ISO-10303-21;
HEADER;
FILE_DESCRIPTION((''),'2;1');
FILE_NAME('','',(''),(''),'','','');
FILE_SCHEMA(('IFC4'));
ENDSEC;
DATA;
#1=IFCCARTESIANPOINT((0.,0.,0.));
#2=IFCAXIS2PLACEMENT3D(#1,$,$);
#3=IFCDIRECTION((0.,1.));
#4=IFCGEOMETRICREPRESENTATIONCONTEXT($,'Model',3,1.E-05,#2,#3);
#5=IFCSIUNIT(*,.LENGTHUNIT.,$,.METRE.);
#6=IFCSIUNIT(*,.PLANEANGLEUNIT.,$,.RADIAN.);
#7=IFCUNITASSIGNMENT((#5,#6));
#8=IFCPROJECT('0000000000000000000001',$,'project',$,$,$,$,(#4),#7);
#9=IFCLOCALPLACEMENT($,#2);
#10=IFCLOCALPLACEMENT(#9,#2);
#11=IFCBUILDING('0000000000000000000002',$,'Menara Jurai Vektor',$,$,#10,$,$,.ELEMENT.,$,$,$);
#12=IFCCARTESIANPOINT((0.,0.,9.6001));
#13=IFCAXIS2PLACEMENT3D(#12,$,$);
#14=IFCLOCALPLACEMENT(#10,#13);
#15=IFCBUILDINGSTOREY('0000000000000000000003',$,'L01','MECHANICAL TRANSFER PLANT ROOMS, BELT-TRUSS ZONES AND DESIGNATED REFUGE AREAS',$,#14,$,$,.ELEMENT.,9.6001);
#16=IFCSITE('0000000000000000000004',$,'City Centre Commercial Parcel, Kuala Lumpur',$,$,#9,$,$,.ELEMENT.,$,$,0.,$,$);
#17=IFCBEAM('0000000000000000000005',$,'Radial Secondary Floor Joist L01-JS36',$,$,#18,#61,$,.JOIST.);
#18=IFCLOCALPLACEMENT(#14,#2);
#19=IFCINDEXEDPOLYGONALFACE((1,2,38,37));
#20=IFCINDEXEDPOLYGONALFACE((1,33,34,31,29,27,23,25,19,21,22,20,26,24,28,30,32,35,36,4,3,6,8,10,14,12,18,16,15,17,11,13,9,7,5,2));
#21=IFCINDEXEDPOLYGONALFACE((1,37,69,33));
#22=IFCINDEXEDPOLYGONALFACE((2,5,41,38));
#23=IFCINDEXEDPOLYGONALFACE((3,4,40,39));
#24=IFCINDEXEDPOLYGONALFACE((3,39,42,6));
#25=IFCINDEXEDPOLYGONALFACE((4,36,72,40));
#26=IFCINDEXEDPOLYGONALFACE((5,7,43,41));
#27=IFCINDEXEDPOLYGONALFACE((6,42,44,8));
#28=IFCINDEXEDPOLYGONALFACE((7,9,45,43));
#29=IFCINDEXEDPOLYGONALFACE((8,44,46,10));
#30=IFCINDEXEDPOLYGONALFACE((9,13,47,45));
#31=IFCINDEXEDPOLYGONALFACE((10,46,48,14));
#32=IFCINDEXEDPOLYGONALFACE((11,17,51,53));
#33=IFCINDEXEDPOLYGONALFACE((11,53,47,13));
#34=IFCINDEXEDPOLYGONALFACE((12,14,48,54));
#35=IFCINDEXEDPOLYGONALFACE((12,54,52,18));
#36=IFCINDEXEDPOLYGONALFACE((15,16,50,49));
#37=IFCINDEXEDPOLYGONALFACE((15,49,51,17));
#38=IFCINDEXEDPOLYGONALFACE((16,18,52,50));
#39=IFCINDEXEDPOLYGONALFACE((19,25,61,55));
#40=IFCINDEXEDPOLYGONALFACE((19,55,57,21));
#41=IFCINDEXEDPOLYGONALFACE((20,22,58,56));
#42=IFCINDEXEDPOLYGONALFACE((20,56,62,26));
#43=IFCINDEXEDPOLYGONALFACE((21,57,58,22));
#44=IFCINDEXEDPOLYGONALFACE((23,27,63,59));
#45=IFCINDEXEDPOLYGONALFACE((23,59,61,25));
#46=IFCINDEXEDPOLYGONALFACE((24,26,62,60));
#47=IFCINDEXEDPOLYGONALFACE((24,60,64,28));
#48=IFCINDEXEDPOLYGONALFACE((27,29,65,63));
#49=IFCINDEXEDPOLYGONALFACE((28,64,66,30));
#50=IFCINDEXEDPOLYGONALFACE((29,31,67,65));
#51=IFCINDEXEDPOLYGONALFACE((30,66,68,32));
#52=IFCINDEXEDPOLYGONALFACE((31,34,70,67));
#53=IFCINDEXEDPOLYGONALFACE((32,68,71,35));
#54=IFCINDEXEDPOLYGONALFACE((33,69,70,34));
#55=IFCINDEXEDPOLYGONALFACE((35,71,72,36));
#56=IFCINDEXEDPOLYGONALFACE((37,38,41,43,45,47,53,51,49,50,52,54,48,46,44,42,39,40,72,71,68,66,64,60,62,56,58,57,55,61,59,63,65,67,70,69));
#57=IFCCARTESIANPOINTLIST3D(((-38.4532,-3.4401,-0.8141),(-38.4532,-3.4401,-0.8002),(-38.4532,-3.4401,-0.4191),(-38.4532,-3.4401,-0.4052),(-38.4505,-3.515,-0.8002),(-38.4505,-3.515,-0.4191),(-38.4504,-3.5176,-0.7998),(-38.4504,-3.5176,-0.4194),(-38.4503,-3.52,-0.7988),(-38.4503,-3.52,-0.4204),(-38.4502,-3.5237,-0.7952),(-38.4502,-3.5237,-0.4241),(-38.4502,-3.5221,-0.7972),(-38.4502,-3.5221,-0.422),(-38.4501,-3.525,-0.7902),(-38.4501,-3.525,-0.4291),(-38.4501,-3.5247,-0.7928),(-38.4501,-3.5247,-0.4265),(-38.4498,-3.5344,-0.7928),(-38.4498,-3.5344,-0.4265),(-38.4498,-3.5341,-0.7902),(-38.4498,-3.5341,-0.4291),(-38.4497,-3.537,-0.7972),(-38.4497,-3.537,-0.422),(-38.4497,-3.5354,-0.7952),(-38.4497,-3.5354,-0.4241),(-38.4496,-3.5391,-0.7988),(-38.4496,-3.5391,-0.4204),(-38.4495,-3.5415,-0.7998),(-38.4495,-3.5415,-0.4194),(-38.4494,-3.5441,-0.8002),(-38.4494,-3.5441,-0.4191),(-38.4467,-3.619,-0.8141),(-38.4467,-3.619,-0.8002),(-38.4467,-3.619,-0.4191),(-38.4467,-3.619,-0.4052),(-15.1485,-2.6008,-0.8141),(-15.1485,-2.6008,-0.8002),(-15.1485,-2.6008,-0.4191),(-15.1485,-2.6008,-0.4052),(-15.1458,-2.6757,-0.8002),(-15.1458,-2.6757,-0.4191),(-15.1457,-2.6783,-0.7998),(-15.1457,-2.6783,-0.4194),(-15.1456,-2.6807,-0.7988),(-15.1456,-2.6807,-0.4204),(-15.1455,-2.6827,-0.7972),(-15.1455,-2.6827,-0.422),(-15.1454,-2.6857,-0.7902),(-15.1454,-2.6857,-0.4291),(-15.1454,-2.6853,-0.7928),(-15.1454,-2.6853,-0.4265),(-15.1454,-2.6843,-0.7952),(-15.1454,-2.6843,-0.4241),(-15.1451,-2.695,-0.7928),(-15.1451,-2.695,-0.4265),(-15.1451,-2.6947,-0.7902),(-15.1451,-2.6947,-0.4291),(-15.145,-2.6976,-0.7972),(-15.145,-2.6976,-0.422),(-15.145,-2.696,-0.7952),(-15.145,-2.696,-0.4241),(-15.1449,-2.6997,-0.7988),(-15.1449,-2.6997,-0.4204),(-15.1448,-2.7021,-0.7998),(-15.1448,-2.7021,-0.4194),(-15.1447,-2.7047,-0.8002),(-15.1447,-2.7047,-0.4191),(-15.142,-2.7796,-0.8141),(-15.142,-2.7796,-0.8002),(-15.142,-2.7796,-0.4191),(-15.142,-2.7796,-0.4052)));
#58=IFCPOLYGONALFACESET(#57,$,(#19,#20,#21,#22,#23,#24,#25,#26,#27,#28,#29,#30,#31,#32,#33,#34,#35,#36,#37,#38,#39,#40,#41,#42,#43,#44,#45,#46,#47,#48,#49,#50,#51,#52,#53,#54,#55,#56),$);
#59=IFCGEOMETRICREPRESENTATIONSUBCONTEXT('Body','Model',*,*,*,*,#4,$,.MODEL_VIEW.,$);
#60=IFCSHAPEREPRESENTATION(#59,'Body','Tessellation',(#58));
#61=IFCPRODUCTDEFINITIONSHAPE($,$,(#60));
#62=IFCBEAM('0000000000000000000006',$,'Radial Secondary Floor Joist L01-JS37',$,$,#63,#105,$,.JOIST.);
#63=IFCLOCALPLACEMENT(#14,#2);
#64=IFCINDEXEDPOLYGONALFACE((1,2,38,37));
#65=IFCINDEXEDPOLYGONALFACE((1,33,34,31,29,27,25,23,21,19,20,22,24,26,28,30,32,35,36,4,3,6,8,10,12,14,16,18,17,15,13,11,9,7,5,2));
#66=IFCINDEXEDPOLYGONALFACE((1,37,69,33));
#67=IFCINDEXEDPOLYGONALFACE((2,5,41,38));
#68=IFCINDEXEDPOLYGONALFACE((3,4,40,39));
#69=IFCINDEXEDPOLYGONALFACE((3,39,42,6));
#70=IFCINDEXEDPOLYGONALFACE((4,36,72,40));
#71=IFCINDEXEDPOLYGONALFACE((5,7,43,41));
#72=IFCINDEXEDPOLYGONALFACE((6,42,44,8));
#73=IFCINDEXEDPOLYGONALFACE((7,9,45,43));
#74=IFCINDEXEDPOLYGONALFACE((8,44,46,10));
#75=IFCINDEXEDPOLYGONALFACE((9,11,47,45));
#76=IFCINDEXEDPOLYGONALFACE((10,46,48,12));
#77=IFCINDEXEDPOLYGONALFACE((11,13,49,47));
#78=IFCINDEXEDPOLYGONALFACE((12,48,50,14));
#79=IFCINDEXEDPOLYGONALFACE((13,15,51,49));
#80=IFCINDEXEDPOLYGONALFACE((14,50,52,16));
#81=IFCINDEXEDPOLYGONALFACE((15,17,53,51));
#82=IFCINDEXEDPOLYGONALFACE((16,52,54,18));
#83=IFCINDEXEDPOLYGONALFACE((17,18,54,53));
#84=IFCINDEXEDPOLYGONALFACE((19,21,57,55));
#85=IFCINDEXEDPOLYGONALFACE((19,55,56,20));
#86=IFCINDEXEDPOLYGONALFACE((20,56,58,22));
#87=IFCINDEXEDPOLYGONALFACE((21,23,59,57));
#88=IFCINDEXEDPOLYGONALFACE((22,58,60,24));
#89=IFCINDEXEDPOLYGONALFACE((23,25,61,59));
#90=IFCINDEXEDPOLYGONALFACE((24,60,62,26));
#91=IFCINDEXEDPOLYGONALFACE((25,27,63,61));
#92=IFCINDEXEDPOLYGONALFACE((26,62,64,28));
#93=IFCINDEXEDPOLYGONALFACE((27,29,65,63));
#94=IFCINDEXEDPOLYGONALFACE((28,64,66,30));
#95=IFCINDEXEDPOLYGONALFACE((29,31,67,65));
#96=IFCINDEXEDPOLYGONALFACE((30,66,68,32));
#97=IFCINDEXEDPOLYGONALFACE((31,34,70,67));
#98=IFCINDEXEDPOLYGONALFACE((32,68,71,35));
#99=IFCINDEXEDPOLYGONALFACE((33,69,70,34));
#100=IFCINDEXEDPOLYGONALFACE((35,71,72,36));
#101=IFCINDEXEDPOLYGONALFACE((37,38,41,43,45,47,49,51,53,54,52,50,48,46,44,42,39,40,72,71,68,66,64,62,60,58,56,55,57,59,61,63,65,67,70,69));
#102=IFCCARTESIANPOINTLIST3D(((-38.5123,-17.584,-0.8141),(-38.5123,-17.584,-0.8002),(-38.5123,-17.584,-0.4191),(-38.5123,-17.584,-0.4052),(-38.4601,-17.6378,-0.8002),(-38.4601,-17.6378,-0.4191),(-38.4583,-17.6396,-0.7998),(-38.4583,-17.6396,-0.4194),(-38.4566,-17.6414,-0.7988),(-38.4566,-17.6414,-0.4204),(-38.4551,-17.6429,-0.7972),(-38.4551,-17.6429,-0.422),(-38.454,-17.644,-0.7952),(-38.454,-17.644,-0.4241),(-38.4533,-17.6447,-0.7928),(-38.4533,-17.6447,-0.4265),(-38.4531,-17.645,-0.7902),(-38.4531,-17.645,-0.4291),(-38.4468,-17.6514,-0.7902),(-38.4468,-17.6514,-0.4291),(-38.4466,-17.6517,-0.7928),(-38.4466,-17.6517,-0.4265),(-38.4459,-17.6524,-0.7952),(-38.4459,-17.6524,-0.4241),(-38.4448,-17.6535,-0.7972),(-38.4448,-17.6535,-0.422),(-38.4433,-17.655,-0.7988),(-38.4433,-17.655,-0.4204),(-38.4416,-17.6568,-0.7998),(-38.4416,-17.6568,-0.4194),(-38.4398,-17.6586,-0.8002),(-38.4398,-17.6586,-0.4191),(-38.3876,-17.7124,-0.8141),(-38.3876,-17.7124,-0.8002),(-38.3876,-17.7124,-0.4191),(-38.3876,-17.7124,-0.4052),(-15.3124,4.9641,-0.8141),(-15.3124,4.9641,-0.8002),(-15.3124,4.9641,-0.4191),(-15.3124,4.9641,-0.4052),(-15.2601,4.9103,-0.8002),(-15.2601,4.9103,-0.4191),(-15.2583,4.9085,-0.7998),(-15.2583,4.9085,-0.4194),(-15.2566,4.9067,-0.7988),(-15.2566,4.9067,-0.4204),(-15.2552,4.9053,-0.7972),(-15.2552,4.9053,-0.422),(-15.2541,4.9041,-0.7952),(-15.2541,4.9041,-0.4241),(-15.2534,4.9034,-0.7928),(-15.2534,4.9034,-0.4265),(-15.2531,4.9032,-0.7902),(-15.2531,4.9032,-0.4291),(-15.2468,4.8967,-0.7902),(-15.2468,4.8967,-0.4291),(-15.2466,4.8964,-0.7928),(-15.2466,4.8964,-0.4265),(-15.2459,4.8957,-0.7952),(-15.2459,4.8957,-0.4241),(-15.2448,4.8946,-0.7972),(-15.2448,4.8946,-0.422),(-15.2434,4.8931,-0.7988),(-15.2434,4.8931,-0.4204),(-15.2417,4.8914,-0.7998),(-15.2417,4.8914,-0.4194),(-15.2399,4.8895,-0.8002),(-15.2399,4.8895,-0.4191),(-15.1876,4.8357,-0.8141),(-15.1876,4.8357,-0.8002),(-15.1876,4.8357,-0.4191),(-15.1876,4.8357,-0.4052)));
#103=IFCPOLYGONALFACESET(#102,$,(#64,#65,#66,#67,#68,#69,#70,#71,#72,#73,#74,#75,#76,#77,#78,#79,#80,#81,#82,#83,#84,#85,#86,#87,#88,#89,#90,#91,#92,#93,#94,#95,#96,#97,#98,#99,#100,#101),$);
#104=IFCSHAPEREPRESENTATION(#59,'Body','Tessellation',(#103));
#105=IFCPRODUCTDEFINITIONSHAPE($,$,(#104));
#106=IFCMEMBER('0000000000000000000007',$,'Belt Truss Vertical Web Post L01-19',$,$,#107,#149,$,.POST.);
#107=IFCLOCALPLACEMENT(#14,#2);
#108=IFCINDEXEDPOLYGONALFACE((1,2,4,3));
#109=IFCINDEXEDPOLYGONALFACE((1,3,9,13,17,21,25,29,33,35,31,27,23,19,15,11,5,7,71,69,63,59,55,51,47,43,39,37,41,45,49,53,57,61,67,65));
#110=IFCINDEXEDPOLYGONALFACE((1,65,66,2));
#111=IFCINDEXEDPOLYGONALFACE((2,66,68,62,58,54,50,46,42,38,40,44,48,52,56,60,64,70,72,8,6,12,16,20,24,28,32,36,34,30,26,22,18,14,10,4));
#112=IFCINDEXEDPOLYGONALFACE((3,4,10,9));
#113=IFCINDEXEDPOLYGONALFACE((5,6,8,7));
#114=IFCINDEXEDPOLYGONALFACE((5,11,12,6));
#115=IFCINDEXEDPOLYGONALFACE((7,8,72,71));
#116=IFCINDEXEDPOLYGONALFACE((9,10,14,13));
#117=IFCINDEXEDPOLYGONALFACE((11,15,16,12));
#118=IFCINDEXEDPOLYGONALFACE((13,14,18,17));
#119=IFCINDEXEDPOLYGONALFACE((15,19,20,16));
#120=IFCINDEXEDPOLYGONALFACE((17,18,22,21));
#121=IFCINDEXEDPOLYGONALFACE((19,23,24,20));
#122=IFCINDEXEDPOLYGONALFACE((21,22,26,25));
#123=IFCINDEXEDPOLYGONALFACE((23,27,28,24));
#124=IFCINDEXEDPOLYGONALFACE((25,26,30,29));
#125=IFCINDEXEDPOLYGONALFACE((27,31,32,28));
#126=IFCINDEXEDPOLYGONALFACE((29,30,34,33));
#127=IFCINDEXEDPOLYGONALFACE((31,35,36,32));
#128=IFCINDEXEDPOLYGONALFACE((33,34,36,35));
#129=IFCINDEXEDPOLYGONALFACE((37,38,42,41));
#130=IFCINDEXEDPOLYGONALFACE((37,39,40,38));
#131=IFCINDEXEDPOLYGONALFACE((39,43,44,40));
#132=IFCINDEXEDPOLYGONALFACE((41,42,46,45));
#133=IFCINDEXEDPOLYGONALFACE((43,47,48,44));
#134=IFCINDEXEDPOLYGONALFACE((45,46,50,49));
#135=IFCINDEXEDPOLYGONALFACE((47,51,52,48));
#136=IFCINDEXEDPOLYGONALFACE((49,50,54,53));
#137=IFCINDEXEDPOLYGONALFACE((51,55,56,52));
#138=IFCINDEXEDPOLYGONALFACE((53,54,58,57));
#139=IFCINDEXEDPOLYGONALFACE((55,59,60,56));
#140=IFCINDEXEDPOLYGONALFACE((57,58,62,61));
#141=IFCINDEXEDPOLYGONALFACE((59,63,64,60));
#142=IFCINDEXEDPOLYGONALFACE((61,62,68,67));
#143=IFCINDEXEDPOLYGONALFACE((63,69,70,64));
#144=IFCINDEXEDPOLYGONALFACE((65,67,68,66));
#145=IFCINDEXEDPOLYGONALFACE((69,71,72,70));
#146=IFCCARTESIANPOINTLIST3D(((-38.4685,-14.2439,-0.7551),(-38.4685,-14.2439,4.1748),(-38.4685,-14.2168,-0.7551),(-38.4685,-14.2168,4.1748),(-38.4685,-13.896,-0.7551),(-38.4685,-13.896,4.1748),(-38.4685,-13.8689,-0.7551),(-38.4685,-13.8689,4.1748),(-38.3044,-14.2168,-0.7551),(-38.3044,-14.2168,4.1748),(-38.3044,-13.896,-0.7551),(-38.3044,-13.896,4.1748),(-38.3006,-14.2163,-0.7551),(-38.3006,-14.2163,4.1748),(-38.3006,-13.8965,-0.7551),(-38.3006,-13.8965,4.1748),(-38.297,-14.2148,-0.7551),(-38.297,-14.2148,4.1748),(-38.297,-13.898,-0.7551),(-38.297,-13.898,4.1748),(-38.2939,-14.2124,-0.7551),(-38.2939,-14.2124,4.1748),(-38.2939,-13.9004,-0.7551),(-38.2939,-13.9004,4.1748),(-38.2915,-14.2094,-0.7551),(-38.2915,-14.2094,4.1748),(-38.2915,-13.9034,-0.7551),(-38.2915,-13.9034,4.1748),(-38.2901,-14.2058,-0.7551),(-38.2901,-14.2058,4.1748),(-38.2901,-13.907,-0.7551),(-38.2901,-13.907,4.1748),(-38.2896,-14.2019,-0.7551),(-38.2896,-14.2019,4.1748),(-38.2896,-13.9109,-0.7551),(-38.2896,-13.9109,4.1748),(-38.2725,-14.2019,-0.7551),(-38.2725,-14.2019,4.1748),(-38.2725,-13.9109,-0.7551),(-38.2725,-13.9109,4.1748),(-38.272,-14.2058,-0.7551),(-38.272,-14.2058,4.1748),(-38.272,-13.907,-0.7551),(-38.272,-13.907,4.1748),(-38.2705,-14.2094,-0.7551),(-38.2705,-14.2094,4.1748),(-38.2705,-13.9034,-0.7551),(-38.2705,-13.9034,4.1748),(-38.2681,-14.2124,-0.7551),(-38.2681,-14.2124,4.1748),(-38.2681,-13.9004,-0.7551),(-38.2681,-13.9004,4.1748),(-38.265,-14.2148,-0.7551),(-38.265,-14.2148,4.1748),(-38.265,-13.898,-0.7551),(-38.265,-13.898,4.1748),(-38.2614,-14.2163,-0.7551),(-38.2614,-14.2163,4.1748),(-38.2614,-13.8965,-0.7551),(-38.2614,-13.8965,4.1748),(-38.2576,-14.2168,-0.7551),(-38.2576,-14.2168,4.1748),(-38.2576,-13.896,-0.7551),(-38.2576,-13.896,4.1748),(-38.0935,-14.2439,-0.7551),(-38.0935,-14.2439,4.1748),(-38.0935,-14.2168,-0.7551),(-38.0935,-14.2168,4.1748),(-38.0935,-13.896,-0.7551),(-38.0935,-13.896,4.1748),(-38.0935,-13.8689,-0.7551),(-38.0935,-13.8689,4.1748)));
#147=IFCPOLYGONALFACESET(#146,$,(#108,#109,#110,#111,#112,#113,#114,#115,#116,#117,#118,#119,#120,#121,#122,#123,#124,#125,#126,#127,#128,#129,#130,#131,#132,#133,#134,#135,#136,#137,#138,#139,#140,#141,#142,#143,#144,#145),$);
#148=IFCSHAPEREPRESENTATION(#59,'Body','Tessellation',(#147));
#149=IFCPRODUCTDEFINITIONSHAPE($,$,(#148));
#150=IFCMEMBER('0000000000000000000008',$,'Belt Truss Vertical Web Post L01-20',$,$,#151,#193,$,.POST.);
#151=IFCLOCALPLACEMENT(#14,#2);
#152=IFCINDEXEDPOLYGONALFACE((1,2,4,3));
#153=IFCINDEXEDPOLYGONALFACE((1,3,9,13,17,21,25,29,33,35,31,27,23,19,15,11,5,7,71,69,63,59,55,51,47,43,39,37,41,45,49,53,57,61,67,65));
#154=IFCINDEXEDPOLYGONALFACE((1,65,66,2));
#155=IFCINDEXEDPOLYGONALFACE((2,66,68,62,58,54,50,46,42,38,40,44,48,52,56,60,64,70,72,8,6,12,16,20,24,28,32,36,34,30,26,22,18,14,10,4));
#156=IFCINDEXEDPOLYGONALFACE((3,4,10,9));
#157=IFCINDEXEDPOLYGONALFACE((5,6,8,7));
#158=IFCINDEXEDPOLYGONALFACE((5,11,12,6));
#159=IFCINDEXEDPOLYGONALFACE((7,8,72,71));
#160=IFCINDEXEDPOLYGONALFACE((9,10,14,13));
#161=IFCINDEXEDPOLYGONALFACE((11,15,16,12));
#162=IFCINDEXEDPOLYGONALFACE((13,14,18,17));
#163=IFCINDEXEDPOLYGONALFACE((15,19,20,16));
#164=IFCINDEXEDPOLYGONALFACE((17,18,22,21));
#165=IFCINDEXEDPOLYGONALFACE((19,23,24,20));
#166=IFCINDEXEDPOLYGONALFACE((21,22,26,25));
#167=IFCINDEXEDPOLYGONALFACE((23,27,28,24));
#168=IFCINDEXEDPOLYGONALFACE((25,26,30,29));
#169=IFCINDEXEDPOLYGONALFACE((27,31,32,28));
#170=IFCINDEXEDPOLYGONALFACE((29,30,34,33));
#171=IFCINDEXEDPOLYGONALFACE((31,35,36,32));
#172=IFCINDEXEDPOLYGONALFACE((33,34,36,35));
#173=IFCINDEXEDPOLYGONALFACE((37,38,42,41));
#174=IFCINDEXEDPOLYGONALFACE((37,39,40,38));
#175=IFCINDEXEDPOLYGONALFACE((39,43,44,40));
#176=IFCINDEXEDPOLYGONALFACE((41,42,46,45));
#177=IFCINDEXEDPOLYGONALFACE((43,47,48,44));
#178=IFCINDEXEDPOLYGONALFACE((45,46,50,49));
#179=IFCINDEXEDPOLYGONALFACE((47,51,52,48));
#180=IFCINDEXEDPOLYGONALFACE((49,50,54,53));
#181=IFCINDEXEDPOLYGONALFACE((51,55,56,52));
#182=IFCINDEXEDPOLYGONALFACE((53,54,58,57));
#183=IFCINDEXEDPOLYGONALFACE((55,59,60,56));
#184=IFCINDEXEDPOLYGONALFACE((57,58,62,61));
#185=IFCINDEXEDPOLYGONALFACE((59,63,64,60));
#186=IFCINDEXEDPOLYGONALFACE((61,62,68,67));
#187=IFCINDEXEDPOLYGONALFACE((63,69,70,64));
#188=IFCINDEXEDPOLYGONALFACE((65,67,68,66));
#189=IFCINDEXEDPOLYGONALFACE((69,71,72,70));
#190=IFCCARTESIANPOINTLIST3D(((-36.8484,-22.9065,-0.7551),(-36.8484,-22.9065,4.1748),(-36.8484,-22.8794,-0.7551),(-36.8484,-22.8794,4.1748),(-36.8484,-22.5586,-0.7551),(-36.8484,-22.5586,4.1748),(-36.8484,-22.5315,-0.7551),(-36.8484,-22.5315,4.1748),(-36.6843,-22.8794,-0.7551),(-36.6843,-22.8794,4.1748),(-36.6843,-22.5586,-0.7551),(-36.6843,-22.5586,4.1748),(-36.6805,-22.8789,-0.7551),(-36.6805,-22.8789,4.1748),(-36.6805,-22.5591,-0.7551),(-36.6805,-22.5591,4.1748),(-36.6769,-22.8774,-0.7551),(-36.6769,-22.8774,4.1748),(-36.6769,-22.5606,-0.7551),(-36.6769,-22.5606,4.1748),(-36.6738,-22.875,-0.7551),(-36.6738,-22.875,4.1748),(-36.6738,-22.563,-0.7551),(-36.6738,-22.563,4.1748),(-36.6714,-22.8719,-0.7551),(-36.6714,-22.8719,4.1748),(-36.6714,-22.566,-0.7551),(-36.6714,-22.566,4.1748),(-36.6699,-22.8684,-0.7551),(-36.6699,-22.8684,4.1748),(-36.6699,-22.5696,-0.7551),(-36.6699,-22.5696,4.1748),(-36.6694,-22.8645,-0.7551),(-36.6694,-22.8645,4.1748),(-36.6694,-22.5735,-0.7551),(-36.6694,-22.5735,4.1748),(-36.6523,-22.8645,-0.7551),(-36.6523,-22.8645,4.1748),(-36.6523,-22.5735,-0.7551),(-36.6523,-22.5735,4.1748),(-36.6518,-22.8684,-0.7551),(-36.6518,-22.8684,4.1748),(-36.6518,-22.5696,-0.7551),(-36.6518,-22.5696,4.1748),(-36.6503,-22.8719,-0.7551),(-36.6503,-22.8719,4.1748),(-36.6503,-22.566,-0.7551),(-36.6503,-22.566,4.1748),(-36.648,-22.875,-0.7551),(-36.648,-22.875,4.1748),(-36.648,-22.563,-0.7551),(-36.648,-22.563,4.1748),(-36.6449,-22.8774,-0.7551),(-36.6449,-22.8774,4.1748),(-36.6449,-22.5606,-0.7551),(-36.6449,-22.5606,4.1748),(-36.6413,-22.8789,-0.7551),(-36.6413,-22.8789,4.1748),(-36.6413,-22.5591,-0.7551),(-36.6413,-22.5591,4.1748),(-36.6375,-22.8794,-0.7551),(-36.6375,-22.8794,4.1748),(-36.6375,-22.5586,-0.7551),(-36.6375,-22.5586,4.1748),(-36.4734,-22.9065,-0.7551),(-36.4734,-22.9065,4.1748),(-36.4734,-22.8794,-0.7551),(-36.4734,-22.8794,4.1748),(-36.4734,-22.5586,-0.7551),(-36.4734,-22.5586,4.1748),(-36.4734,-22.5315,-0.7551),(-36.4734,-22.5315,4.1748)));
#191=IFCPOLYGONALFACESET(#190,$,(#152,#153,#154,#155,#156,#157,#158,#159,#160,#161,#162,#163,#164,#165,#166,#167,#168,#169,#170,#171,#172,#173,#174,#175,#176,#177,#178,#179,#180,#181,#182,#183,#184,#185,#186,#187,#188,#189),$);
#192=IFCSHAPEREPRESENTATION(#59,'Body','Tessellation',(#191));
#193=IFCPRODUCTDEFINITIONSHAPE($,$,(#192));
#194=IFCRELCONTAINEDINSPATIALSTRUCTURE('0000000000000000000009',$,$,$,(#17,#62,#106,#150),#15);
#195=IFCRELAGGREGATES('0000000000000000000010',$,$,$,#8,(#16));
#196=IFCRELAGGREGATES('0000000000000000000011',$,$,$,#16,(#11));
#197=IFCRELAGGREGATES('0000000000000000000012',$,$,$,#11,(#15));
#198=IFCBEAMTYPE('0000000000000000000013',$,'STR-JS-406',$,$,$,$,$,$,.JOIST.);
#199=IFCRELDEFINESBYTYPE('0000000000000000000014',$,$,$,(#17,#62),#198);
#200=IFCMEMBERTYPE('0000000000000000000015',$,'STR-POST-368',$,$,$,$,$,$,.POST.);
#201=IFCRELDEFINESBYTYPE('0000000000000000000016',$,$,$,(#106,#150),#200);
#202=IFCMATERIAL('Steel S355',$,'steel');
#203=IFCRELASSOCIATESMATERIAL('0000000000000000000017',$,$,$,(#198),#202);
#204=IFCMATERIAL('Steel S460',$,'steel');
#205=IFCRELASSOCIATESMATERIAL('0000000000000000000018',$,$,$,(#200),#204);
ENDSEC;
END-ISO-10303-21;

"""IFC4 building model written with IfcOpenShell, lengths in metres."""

from ifc_helpers import new_model, si_unit, direction, frame, origin, origin_2d, place, context, subcontext, project, spatial, i_section, extrude, material, material_profile, profile_set, type_object, element, save


model = new_model("IFC4")

# Units and contexts
model_context = context("Model", 3, precision=1e-05, world=origin(), true_north=direction((0.0, 1.0)))
body_context = subcontext(model_context, "Body", "Model", "MODEL_VIEW")
ifc_project = project(units=[si_unit("LENGTHUNIT", "METRE"), si_unit("PLANEANGLEUNIT", "RADIAN")], contexts=[model_context])

# Site, building, storey
site_placement = place(None, origin())
site = spatial("IfcSite", under=ifc_project, at=site_placement, Name="City Centre Commercial Parcel, Kuala Lumpur", CompositionType="ELEMENT", RefElevation=0.0)
building_placement = place(site_placement, origin())
building = spatial("IfcBuilding", under=site, at=building_placement, Name="Menara Jurai Vektor", CompositionType="ELEMENT")
storey_placement = place(building_placement, frame((0.0, 0.0, 9.6001)))
storey = spatial("IfcBuildingStorey", under=building, at=storey_placement, Name="L01", Description="MECHANICAL TRANSFER PLANT ROOMS, BELT-TRUSS ZONES AND DESIGNATED REFUGE AREAS", CompositionType="ELEMENT", Elevation=9.6001)

# Shared definitions
ifc_material_1 = material(Name="Steel S460", Category="steel")

# Beams
ifc_material_2 = material(Name="Steel S355", Category="steel")
ifc_material_profile_1 = material_profile(ifc_material_2, i_section(OverallWidth=0.179, OverallDepth=0.4089, WebThickness=0.009, FlangeThickness=0.0139, FilletRadius=0.01, at=origin_2d()), Name="UKB 406x178x67")
ifc_profile_set_1 = profile_set([ifc_material_profile_1], Name="Steel S355")
beam_type_1 = type_object("IfcBeamType", Name="STR-JS-406", PredefinedType="JOIST", material=ifc_profile_set_1)
beam_1_placement = place(storey_placement, frame((-38.45, -3.5295, -0.6096), z_axis=(0.999352, 0.035993, 0.0), x_axis=(-0.035993, 0.999352, 0.0)))
element("IfcBeam", 1, at=beam_1_placement, inside=storey, type_object=beam_type_1, Name="Radial Secondary Floor Joist L01-JS36", PredefinedType="JOIST", context=body_context, shape_type="SweptSolid", body=[
    extrude(i_section(OverallWidth=0.179, OverallDepth=0.4089, WebThickness=0.009, FlangeThickness=0.0139, FilletRadius=0.01, at=origin_2d()), origin(), (0.0, 0.0, 1.0), 23.3198),
])
beam_2_placement = place(storey_placement, frame((-38.45, -17.6482, -0.6096), z_axis=(0.717109, 0.696961, 0.0), x_axis=(-0.696961, 0.717109, 0.0)))
element("IfcBeam", 2, at=beam_2_placement, inside=storey, type_object=beam_type_1, Name="Radial Secondary Floor Joist L01-JS37", PredefinedType="JOIST", context=body_context, shape_type="SweptSolid", body=[
    extrude(i_section(OverallWidth=0.179, OverallDepth=0.4089, WebThickness=0.009, FlangeThickness=0.0139, FilletRadius=0.01, at=origin_2d()), origin(), (0.0, 0.0, 1.0), 32.3521),
])

# Members
ifc_material_profile_2 = material_profile(ifc_material_1, i_section(OverallWidth=0.375, OverallDepth=0.375, WebThickness=0.0171, FlangeThickness=0.0271, FilletRadius=0.0149, at=origin_2d()), Name="UKC 356x368x202")
ifc_profile_set_2 = profile_set([ifc_material_profile_2], Name="Steel S460")
member_type_1 = type_object("IfcMemberType", Name="STR-POST-368", PredefinedType="POST", material=ifc_profile_set_2)
for number, where, z_axis, x_axis, name in (
    (3, (-38.281, -14.0564, -0.7551), (0.0, 0.0, 1.0), (1.0, 0.0, 0.0), "Belt Truss Vertical Web Post L01-19"),
    (4, (-36.6609, -22.719, -0.7551), (0.0, 0.0, 1.0), (1.0, 0.0, 0.0), "Belt Truss Vertical Web Post L01-20"),
):
    element("IfcMember", number, at=place(storey_placement, frame(where, z_axis=z_axis, x_axis=x_axis)), inside=storey, type_object=member_type_1, Name=name, PredefinedType="POST", context=body_context, shape_type="SweptSolid", body=[
        extrude(i_section(OverallWidth=0.375, OverallDepth=0.375, WebThickness=0.0171, FlangeThickness=0.0271, FilletRadius=0.0149, at=origin_2d()), origin(), (0.0, 0.0, 1.0), 4.9299),
    ])

save(model, "model.ifc")
